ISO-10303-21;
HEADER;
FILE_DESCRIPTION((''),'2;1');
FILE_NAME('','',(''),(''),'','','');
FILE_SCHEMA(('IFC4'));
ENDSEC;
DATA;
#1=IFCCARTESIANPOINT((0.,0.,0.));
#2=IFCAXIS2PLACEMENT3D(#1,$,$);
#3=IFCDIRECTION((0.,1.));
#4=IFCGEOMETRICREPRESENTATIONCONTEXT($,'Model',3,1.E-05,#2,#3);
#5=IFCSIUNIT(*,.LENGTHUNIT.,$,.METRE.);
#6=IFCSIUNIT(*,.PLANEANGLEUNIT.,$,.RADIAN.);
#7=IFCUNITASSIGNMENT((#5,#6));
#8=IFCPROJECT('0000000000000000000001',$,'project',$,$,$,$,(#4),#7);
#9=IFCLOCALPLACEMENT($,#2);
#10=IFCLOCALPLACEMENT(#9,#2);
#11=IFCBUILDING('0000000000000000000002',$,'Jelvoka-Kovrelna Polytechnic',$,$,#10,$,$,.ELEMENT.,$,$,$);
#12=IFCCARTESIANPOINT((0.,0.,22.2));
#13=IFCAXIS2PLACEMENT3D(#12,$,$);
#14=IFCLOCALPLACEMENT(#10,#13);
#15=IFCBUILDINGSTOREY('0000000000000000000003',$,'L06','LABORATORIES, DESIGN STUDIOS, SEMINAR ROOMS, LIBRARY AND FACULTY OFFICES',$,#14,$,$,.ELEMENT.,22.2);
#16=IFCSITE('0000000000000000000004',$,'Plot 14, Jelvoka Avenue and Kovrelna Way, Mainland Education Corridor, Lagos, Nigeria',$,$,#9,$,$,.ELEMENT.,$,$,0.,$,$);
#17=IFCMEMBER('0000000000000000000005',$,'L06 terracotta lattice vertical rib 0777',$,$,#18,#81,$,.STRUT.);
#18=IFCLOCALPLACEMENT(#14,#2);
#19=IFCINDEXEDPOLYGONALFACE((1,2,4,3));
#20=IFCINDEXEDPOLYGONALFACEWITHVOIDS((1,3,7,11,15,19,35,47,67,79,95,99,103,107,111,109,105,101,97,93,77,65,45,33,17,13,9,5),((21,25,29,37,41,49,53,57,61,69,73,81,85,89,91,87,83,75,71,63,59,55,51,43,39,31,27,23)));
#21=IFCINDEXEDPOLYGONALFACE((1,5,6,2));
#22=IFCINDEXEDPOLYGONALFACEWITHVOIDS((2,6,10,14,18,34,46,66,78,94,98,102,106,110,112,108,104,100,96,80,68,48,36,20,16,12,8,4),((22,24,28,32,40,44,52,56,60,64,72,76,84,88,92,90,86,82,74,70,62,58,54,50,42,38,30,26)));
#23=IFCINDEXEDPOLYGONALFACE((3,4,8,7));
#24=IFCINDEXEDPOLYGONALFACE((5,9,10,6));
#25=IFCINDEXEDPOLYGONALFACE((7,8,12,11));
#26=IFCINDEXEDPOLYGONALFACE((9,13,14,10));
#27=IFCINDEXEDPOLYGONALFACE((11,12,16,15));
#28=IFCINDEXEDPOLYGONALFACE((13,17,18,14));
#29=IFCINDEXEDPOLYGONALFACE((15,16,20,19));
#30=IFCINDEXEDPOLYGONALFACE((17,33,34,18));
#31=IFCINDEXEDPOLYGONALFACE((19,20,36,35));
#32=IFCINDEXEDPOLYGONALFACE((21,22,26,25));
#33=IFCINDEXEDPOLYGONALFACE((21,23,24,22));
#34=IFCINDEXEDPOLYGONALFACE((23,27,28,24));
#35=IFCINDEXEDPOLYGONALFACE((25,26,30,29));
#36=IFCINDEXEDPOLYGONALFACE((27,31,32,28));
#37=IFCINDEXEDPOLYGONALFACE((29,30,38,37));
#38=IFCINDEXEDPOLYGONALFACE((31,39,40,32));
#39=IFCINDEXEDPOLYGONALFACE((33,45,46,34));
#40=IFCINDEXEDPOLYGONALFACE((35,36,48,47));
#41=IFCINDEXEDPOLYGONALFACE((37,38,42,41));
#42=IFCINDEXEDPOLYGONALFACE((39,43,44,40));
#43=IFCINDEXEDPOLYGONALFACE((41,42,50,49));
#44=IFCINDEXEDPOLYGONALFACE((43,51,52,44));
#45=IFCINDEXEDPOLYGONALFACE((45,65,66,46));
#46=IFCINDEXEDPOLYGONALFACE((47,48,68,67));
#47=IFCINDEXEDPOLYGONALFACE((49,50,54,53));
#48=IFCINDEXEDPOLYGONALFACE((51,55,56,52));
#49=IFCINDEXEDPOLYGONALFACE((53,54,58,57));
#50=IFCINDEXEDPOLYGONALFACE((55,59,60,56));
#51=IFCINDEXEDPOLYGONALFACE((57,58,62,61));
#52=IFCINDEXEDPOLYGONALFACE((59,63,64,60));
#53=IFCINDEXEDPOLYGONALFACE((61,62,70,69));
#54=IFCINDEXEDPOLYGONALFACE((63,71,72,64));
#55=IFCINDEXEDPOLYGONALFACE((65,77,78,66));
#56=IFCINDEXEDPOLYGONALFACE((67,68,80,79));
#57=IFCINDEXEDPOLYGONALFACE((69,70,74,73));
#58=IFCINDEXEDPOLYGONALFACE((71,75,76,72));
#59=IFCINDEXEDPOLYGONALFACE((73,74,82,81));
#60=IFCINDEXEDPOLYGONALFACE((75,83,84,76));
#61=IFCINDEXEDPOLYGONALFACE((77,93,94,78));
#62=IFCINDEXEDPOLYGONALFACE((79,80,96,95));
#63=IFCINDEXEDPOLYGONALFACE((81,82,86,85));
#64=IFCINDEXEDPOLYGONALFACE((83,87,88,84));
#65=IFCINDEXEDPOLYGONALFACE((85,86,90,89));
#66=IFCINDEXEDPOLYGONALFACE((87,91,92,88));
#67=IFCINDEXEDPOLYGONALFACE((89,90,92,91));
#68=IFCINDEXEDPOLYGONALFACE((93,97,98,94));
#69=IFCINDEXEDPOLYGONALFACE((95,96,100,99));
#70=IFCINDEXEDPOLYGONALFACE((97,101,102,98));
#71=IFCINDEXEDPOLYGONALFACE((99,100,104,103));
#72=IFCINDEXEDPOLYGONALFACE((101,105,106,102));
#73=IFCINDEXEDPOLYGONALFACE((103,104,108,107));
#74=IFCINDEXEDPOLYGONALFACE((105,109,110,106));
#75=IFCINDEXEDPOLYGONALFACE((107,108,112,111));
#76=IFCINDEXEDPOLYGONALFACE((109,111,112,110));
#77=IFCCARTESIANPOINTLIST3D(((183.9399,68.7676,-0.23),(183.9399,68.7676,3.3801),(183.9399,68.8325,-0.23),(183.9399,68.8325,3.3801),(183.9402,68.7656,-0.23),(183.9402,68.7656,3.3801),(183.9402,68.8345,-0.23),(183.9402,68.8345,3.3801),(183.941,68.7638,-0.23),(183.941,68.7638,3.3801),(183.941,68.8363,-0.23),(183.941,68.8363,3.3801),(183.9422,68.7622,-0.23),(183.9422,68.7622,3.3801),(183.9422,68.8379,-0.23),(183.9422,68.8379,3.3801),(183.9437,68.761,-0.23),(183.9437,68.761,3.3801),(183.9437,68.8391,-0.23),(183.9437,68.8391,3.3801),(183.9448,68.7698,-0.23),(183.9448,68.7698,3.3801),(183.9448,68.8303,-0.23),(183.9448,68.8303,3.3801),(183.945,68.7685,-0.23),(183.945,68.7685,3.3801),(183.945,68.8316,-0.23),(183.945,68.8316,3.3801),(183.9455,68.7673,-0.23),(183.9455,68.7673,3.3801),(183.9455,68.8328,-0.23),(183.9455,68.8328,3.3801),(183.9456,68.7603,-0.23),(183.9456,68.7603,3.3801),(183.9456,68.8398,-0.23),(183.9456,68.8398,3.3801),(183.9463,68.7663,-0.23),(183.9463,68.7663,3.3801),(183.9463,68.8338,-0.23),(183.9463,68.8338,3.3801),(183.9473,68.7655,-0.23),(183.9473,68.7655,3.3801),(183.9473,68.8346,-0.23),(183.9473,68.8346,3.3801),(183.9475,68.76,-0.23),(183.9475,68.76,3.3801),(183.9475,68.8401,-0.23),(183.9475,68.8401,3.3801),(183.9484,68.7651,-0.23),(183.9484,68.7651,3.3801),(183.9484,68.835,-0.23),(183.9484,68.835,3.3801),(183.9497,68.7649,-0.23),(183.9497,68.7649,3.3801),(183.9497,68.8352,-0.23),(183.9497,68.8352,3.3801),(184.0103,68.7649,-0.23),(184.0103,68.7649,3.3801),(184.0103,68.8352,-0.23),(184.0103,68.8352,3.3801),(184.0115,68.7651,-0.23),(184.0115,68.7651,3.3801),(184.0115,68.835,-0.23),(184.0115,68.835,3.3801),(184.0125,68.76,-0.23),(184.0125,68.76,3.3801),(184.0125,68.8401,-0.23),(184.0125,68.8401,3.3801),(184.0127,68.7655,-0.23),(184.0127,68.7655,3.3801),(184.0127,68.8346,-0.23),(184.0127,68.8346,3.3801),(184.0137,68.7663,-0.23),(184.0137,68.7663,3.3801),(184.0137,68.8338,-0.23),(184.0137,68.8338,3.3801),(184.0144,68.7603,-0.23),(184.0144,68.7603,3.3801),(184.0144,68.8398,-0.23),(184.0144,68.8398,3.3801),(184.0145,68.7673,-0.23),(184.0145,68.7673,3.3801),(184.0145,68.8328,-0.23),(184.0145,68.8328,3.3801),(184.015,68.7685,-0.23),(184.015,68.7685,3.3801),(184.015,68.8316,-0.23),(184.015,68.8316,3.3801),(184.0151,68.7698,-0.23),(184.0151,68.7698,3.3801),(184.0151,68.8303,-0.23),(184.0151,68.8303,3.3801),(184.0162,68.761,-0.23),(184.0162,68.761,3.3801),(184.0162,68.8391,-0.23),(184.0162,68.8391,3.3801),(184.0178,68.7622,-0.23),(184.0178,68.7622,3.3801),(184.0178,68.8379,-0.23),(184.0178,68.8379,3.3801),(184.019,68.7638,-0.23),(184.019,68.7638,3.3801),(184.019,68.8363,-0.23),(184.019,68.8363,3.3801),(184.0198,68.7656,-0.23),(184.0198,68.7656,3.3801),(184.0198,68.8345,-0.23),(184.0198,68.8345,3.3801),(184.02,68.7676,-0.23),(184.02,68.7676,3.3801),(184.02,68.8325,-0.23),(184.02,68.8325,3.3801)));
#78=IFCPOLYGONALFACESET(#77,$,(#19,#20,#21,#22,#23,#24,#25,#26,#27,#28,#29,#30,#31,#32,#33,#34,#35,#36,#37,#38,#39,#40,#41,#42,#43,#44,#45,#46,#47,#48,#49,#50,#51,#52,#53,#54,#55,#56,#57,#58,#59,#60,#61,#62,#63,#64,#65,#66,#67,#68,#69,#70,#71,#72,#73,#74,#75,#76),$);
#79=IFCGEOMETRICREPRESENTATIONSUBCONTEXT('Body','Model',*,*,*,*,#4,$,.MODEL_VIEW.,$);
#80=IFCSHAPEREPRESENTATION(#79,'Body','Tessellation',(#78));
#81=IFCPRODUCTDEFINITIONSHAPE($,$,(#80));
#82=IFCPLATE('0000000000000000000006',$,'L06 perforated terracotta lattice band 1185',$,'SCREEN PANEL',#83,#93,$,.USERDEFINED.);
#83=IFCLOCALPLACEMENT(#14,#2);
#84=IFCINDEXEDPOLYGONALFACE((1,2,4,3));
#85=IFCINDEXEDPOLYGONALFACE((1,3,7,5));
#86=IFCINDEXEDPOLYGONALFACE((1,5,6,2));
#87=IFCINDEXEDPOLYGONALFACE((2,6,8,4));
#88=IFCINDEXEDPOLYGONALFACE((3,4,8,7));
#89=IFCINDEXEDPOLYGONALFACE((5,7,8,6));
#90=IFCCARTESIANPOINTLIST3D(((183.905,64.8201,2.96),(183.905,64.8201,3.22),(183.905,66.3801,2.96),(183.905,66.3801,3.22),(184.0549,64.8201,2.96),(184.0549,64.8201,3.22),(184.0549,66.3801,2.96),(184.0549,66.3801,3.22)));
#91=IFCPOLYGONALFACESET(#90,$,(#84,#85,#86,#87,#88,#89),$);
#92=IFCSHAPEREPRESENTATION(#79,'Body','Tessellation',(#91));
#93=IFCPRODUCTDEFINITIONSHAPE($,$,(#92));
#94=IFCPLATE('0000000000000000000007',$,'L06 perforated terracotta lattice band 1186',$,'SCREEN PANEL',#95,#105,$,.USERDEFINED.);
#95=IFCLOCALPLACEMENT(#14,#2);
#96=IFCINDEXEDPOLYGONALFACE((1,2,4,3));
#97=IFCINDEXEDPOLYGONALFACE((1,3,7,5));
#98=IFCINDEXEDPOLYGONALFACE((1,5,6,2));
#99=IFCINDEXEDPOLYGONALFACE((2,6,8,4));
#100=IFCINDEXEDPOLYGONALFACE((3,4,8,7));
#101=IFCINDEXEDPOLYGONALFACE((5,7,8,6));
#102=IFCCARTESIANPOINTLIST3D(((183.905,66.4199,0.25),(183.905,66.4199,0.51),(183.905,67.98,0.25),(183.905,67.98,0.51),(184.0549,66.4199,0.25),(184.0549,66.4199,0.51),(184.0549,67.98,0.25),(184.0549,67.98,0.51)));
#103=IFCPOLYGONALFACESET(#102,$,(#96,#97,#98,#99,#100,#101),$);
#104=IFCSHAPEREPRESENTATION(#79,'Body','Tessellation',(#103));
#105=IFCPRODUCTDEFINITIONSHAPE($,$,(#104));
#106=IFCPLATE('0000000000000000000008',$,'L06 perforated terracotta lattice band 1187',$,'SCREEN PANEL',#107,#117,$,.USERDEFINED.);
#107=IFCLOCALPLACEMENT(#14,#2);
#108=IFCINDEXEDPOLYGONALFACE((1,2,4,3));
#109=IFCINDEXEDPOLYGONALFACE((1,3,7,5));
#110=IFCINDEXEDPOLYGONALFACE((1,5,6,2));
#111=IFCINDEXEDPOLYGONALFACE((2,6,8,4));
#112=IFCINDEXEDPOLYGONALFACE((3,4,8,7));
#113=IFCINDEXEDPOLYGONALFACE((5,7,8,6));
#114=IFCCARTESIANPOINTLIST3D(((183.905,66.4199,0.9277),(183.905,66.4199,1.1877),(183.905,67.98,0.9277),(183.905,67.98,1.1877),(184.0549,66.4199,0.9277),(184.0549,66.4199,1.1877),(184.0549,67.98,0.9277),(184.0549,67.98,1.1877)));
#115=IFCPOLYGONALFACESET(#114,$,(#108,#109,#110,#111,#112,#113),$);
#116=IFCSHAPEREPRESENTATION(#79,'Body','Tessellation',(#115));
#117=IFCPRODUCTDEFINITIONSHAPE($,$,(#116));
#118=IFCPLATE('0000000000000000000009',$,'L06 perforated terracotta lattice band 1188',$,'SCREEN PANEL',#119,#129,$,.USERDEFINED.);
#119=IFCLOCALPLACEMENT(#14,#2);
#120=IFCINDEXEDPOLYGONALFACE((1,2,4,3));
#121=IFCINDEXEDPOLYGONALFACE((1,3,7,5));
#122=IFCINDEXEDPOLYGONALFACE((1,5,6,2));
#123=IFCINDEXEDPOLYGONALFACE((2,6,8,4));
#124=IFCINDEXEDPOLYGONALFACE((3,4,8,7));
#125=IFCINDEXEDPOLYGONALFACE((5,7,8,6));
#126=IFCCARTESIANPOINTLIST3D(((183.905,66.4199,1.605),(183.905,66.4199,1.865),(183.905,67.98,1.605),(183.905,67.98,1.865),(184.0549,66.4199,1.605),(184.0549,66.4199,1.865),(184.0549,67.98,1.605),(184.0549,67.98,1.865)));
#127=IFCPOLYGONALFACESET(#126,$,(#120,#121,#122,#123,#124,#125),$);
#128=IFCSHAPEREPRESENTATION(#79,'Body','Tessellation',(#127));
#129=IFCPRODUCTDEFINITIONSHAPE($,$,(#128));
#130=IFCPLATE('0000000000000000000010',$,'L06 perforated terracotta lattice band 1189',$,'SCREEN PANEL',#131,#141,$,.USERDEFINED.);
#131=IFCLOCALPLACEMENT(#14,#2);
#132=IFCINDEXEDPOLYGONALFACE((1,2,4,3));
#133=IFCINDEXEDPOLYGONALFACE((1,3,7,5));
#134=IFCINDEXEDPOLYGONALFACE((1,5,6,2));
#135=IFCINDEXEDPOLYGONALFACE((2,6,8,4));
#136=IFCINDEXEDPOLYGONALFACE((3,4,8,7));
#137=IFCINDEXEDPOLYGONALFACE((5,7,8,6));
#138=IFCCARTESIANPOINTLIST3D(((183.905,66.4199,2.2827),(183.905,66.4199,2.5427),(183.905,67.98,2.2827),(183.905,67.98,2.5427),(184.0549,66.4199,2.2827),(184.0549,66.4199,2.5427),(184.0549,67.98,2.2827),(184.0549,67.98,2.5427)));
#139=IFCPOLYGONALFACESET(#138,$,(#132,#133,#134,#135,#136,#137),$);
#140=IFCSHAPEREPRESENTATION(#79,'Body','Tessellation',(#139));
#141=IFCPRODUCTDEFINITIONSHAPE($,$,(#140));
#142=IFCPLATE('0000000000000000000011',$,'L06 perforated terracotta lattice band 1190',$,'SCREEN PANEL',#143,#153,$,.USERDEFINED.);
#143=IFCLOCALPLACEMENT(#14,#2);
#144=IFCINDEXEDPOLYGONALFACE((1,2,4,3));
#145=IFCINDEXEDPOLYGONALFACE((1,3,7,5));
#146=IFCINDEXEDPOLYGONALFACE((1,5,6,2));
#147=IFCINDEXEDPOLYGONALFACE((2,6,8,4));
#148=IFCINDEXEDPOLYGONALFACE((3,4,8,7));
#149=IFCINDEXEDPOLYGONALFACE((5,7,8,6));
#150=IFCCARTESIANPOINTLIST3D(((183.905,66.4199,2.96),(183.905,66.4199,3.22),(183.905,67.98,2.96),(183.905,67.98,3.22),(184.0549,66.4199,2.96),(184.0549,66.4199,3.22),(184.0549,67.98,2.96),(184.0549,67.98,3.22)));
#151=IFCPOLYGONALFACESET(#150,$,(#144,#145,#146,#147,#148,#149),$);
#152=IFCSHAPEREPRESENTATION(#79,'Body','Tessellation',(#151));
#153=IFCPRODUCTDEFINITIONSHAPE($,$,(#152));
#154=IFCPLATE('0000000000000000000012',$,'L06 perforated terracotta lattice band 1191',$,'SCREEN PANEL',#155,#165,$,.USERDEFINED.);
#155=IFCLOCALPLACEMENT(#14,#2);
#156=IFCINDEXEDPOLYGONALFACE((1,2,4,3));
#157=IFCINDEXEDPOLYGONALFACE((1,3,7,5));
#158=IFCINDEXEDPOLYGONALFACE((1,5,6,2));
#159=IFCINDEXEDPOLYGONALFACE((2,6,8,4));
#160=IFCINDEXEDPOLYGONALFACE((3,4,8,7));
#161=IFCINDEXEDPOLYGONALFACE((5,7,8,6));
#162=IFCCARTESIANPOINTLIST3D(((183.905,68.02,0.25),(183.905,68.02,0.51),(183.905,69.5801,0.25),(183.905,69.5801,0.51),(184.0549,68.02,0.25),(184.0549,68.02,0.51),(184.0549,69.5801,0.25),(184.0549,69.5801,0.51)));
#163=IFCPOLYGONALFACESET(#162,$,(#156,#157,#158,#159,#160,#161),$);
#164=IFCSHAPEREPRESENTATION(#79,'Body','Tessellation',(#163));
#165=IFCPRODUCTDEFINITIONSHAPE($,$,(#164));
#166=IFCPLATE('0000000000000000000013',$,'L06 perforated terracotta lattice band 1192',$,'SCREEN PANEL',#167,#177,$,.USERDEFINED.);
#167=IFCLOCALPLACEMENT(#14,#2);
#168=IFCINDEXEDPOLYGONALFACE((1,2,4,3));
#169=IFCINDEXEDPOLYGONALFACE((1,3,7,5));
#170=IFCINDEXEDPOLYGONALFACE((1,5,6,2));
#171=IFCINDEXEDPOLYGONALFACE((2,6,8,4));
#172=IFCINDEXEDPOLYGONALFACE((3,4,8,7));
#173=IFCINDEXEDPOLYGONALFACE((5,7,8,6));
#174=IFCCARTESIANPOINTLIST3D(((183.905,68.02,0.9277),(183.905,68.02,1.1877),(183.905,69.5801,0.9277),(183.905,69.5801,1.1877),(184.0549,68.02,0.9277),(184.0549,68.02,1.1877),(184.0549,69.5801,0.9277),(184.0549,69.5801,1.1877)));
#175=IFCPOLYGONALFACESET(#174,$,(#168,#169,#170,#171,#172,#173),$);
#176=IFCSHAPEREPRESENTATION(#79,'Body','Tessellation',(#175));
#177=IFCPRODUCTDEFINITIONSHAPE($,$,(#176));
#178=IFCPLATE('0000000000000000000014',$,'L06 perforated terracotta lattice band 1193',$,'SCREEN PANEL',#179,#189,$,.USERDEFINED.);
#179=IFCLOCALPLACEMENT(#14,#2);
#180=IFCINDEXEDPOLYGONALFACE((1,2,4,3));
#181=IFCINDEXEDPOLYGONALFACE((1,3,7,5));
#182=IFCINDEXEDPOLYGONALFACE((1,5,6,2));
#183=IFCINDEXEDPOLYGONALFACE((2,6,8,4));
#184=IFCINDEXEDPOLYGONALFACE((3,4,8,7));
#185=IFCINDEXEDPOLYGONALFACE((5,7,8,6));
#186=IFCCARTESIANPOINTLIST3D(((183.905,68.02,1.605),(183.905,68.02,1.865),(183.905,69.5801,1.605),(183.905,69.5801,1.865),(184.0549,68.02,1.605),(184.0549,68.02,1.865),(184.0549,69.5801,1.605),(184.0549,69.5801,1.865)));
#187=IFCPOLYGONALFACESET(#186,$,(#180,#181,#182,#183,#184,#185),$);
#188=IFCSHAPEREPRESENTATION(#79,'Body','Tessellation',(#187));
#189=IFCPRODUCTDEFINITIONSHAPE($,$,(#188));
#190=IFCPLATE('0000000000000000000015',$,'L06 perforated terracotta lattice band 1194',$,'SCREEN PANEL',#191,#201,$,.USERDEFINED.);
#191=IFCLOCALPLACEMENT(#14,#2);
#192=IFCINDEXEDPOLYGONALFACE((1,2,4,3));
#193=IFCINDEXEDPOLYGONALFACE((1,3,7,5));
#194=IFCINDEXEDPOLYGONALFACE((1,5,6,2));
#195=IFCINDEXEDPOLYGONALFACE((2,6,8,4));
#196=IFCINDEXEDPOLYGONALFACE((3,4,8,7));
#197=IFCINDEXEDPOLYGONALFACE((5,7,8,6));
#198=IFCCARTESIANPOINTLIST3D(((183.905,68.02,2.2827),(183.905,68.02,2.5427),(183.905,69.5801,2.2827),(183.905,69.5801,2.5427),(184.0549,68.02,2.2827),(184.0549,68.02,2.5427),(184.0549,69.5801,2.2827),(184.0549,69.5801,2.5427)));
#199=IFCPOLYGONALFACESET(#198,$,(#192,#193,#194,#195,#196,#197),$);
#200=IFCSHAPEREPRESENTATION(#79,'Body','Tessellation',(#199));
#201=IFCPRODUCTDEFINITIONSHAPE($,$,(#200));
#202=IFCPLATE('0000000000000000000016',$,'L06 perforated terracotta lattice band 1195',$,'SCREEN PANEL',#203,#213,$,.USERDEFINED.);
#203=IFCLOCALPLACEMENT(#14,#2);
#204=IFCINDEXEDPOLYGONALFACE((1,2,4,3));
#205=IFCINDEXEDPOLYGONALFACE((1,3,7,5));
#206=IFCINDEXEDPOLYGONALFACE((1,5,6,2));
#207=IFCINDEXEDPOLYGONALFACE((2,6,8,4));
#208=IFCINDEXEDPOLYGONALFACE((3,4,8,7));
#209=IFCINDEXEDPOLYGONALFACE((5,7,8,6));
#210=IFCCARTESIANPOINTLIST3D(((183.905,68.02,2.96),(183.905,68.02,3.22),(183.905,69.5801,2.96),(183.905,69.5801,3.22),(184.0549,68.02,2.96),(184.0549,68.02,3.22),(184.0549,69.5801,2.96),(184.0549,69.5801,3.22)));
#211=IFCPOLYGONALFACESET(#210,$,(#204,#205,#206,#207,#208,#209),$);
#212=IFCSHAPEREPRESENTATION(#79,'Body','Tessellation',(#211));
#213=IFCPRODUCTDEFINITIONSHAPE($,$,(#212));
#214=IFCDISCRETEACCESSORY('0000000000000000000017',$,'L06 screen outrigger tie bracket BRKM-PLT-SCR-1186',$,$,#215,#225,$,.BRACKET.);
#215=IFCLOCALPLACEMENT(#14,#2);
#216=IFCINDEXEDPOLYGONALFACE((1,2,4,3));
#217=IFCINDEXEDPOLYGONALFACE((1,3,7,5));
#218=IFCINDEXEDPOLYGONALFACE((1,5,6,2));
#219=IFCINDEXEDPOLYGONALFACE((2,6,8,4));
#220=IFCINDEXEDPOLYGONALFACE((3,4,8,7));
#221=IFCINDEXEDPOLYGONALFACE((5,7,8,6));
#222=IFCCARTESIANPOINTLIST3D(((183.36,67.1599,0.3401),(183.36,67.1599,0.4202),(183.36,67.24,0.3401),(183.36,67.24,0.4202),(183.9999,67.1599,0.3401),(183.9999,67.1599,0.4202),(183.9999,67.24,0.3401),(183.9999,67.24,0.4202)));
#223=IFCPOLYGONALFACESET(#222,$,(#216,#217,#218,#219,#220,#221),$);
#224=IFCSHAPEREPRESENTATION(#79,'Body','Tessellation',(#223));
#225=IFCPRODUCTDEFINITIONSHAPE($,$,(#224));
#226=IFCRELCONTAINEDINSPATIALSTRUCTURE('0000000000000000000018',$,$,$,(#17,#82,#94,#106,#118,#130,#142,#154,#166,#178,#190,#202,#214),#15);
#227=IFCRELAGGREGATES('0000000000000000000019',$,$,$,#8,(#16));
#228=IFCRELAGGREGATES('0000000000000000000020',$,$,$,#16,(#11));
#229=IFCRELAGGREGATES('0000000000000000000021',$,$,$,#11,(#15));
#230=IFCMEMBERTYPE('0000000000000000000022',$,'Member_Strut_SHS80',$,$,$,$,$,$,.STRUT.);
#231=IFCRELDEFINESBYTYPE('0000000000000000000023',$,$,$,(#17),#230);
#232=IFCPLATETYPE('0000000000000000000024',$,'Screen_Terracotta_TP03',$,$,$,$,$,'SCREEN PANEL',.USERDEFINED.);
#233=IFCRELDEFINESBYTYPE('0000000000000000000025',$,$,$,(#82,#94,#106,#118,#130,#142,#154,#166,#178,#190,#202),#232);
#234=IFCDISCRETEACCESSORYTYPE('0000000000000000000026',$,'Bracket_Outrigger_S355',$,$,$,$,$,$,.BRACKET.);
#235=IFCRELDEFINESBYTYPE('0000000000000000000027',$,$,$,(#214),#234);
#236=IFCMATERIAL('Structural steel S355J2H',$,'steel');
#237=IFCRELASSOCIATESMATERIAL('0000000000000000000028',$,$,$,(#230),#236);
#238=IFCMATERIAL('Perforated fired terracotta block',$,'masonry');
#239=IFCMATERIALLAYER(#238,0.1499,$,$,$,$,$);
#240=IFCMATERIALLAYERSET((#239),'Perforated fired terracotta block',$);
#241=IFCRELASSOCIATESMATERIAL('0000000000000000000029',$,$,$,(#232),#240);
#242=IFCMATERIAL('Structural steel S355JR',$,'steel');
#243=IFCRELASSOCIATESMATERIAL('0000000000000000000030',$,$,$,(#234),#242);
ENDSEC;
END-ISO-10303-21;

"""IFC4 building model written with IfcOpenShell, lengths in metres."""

from ifc_helpers import new_model, si_unit, direction, frame, origin, origin_2d, place, context, subcontext, project, spatial, rectangle, hollow_rectangle, extrude, material, layer, layer_set, material_profile, profile_set, type_object, element, save


model = new_model("IFC4")

# Units and contexts
model_context = context("Model", 3, precision=1e-05, world=origin(), true_north=direction((0.0, 1.0)))
body_context = subcontext(model_context, "Body", "Model", "MODEL_VIEW")
ifc_project = project(units=[si_unit("LENGTHUNIT", "METRE"), si_unit("PLANEANGLEUNIT", "RADIAN")], contexts=[model_context])

# Site, building, storey
site_placement = place(None, origin())
site = spatial("IfcSite", under=ifc_project, at=site_placement, Name="Plot 14, Jelvoka Avenue and Kovrelna Way, Mainland Education Corridor, Lagos, Nigeria", CompositionType="ELEMENT", RefElevation=0.0)
building_placement = place(site_placement, origin())
building = spatial("IfcBuilding", under=site, at=building_placement, Name="Jelvoka-Kovrelna Polytechnic", CompositionType="ELEMENT")
storey_placement = place(building_placement, frame((0.0, 0.0, 22.2)))
storey = spatial("IfcBuildingStorey", under=building, at=storey_placement, Name="L06", Description="LABORATORIES, DESIGN STUDIOS, SEMINAR ROOMS, LIBRARY AND FACULTY OFFICES", CompositionType="ELEMENT", Elevation=22.2)

# Member
ifc_material_1 = material(Name="Structural steel S355J2H", Category="steel")
ifc_material_profile = material_profile(ifc_material_1, hollow_rectangle(XDim=0.0801, YDim=0.0801, WallThickness=0.0049, InnerFilletRadius=0.0049, OuterFilletRadius=0.0076, at=origin_2d()), Name="80x80x5.0 SHS")
ifc_profile_set = profile_set([ifc_material_profile], Name="Structural steel S355J2H")
member_type = type_object("IfcMemberType", Name="Member_Strut_SHS80", PredefinedType="STRUT", material=ifc_profile_set)
for number, where, z_axis, x_axis, name in (
    (1, (183.98, 68.8, -0.23), (0.0, 0.0, 1.0), (1.0, 0.0, 0.0), "L06 terracotta lattice vertical rib 0777"),
):
    element("IfcMember", number, at=place(storey_placement, frame(where, z_axis=z_axis, x_axis=x_axis)), inside=storey, type_object=member_type, Name=name, PredefinedType="STRUT", context=body_context, shape_type="SweptSolid", body=[
        extrude(hollow_rectangle(XDim=0.0801, YDim=0.0801, WallThickness=0.0049, InnerFilletRadius=0.0049, OuterFilletRadius=0.0076, at=origin_2d()), origin(), (0.0, 0.0, 1.0), 3.6101),
    ])

# Plates
ifc_material_2 = material(Name="Perforated fired terracotta block", Category="masonry")
ifc_layer = layer(ifc_material_2, 0.1499)
ifc_layer_set = layer_set([ifc_layer], Name="Perforated fired terracotta block")
plate_type = type_object("IfcPlateType", Name="Screen_Terracotta_TP03", ElementType="SCREEN PANEL", PredefinedType="USERDEFINED", material=ifc_layer_set)
for number, where, z_axis, x_axis, name in (
    (2, (183.98, 65.6001, 2.96), (0.0, 0.0, 1.0), (0.0, 1.0, 0.0), "L06 perforated terracotta lattice band 1185"),
    (3, (183.98, 67.2, 0.25), (0.0, 0.0, 1.0), (0.0, 1.0, 0.0), "L06 perforated terracotta lattice band 1186"),
    (4, (183.98, 67.2, 0.9277), (0.0, 0.0, 1.0), (0.0, 1.0, 0.0), "L06 perforated terracotta lattice band 1187"),
    (5, (183.98, 67.2, 1.605), (0.0, 0.0, 1.0), (0.0, 1.0, 0.0), "L06 perforated terracotta lattice band 1188"),
    (6, (183.98, 67.2, 2.2827), (0.0, 0.0, 1.0), (0.0, 1.0, 0.0), "L06 perforated terracotta lattice band 1189"),
    (7, (183.98, 67.2, 2.96), (0.0, 0.0, 1.0), (0.0, 1.0, 0.0), "L06 perforated terracotta lattice band 1190"),
    (8, (183.98, 68.8, 0.25), (0.0, 0.0, 1.0), (0.0, 1.0, 0.0), "L06 perforated terracotta lattice band 1191"),
    (9, (183.98, 68.8, 0.9277), (0.0, 0.0, 1.0), (0.0, 1.0, 0.0), "L06 perforated terracotta lattice band 1192"),
    (10, (183.98, 68.8, 1.605), (0.0, 0.0, 1.0), (0.0, 1.0, 0.0), "L06 perforated terracotta lattice band 1193"),
    (11, (183.98, 68.8, 2.2827), (0.0, 0.0, 1.0), (0.0, 1.0, 0.0), "L06 perforated terracotta lattice band 1194"),
    (12, (183.98, 68.8, 2.96), (0.0, 0.0, 1.0), (0.0, 1.0, 0.0), "L06 perforated terracotta lattice band 1195"),
):
    element("IfcPlate", number, at=place(storey_placement, frame(where, z_axis=z_axis, x_axis=x_axis)), inside=storey, type_object=plate_type, Name=name, ObjectType="SCREEN PANEL", PredefinedType="USERDEFINED", context=body_context, shape_type="SweptSolid", body=[
        extrude(rectangle(XDim=1.5601, YDim=0.1499, at=origin_2d()), origin(), (0.0, 0.0, 1.0), 0.26),
    ])

# Discrete accessory
ifc_material_3 = material(Name="Structural steel S355JR", Category="steel")
discrete_accessory_type = type_object("IfcDiscreteAccessoryType", Name="Bracket_Outrigger_S355", PredefinedType="BRACKET", material=ifc_material_3)
discrete_accessory_1_placement = place(storey_placement, frame((183.6799, 67.2, 0.3401), z_axis=(0.0, 0.0, 1.0), x_axis=(1.0, 0.0, 0.0)))
element("IfcDiscreteAccessory", 13, at=discrete_accessory_1_placement, inside=storey, type_object=discrete_accessory_type, Name="L06 screen outrigger tie bracket BRKM-PLT-SCR-1186", PredefinedType="BRACKET", context=body_context, shape_type="SweptSolid", body=[
    extrude(rectangle(XDim=0.6399, YDim=0.0801, at=origin_2d()), origin(), (0.0, 0.0, 1.0), 0.0801),
])

save(model, "model.ifc")
